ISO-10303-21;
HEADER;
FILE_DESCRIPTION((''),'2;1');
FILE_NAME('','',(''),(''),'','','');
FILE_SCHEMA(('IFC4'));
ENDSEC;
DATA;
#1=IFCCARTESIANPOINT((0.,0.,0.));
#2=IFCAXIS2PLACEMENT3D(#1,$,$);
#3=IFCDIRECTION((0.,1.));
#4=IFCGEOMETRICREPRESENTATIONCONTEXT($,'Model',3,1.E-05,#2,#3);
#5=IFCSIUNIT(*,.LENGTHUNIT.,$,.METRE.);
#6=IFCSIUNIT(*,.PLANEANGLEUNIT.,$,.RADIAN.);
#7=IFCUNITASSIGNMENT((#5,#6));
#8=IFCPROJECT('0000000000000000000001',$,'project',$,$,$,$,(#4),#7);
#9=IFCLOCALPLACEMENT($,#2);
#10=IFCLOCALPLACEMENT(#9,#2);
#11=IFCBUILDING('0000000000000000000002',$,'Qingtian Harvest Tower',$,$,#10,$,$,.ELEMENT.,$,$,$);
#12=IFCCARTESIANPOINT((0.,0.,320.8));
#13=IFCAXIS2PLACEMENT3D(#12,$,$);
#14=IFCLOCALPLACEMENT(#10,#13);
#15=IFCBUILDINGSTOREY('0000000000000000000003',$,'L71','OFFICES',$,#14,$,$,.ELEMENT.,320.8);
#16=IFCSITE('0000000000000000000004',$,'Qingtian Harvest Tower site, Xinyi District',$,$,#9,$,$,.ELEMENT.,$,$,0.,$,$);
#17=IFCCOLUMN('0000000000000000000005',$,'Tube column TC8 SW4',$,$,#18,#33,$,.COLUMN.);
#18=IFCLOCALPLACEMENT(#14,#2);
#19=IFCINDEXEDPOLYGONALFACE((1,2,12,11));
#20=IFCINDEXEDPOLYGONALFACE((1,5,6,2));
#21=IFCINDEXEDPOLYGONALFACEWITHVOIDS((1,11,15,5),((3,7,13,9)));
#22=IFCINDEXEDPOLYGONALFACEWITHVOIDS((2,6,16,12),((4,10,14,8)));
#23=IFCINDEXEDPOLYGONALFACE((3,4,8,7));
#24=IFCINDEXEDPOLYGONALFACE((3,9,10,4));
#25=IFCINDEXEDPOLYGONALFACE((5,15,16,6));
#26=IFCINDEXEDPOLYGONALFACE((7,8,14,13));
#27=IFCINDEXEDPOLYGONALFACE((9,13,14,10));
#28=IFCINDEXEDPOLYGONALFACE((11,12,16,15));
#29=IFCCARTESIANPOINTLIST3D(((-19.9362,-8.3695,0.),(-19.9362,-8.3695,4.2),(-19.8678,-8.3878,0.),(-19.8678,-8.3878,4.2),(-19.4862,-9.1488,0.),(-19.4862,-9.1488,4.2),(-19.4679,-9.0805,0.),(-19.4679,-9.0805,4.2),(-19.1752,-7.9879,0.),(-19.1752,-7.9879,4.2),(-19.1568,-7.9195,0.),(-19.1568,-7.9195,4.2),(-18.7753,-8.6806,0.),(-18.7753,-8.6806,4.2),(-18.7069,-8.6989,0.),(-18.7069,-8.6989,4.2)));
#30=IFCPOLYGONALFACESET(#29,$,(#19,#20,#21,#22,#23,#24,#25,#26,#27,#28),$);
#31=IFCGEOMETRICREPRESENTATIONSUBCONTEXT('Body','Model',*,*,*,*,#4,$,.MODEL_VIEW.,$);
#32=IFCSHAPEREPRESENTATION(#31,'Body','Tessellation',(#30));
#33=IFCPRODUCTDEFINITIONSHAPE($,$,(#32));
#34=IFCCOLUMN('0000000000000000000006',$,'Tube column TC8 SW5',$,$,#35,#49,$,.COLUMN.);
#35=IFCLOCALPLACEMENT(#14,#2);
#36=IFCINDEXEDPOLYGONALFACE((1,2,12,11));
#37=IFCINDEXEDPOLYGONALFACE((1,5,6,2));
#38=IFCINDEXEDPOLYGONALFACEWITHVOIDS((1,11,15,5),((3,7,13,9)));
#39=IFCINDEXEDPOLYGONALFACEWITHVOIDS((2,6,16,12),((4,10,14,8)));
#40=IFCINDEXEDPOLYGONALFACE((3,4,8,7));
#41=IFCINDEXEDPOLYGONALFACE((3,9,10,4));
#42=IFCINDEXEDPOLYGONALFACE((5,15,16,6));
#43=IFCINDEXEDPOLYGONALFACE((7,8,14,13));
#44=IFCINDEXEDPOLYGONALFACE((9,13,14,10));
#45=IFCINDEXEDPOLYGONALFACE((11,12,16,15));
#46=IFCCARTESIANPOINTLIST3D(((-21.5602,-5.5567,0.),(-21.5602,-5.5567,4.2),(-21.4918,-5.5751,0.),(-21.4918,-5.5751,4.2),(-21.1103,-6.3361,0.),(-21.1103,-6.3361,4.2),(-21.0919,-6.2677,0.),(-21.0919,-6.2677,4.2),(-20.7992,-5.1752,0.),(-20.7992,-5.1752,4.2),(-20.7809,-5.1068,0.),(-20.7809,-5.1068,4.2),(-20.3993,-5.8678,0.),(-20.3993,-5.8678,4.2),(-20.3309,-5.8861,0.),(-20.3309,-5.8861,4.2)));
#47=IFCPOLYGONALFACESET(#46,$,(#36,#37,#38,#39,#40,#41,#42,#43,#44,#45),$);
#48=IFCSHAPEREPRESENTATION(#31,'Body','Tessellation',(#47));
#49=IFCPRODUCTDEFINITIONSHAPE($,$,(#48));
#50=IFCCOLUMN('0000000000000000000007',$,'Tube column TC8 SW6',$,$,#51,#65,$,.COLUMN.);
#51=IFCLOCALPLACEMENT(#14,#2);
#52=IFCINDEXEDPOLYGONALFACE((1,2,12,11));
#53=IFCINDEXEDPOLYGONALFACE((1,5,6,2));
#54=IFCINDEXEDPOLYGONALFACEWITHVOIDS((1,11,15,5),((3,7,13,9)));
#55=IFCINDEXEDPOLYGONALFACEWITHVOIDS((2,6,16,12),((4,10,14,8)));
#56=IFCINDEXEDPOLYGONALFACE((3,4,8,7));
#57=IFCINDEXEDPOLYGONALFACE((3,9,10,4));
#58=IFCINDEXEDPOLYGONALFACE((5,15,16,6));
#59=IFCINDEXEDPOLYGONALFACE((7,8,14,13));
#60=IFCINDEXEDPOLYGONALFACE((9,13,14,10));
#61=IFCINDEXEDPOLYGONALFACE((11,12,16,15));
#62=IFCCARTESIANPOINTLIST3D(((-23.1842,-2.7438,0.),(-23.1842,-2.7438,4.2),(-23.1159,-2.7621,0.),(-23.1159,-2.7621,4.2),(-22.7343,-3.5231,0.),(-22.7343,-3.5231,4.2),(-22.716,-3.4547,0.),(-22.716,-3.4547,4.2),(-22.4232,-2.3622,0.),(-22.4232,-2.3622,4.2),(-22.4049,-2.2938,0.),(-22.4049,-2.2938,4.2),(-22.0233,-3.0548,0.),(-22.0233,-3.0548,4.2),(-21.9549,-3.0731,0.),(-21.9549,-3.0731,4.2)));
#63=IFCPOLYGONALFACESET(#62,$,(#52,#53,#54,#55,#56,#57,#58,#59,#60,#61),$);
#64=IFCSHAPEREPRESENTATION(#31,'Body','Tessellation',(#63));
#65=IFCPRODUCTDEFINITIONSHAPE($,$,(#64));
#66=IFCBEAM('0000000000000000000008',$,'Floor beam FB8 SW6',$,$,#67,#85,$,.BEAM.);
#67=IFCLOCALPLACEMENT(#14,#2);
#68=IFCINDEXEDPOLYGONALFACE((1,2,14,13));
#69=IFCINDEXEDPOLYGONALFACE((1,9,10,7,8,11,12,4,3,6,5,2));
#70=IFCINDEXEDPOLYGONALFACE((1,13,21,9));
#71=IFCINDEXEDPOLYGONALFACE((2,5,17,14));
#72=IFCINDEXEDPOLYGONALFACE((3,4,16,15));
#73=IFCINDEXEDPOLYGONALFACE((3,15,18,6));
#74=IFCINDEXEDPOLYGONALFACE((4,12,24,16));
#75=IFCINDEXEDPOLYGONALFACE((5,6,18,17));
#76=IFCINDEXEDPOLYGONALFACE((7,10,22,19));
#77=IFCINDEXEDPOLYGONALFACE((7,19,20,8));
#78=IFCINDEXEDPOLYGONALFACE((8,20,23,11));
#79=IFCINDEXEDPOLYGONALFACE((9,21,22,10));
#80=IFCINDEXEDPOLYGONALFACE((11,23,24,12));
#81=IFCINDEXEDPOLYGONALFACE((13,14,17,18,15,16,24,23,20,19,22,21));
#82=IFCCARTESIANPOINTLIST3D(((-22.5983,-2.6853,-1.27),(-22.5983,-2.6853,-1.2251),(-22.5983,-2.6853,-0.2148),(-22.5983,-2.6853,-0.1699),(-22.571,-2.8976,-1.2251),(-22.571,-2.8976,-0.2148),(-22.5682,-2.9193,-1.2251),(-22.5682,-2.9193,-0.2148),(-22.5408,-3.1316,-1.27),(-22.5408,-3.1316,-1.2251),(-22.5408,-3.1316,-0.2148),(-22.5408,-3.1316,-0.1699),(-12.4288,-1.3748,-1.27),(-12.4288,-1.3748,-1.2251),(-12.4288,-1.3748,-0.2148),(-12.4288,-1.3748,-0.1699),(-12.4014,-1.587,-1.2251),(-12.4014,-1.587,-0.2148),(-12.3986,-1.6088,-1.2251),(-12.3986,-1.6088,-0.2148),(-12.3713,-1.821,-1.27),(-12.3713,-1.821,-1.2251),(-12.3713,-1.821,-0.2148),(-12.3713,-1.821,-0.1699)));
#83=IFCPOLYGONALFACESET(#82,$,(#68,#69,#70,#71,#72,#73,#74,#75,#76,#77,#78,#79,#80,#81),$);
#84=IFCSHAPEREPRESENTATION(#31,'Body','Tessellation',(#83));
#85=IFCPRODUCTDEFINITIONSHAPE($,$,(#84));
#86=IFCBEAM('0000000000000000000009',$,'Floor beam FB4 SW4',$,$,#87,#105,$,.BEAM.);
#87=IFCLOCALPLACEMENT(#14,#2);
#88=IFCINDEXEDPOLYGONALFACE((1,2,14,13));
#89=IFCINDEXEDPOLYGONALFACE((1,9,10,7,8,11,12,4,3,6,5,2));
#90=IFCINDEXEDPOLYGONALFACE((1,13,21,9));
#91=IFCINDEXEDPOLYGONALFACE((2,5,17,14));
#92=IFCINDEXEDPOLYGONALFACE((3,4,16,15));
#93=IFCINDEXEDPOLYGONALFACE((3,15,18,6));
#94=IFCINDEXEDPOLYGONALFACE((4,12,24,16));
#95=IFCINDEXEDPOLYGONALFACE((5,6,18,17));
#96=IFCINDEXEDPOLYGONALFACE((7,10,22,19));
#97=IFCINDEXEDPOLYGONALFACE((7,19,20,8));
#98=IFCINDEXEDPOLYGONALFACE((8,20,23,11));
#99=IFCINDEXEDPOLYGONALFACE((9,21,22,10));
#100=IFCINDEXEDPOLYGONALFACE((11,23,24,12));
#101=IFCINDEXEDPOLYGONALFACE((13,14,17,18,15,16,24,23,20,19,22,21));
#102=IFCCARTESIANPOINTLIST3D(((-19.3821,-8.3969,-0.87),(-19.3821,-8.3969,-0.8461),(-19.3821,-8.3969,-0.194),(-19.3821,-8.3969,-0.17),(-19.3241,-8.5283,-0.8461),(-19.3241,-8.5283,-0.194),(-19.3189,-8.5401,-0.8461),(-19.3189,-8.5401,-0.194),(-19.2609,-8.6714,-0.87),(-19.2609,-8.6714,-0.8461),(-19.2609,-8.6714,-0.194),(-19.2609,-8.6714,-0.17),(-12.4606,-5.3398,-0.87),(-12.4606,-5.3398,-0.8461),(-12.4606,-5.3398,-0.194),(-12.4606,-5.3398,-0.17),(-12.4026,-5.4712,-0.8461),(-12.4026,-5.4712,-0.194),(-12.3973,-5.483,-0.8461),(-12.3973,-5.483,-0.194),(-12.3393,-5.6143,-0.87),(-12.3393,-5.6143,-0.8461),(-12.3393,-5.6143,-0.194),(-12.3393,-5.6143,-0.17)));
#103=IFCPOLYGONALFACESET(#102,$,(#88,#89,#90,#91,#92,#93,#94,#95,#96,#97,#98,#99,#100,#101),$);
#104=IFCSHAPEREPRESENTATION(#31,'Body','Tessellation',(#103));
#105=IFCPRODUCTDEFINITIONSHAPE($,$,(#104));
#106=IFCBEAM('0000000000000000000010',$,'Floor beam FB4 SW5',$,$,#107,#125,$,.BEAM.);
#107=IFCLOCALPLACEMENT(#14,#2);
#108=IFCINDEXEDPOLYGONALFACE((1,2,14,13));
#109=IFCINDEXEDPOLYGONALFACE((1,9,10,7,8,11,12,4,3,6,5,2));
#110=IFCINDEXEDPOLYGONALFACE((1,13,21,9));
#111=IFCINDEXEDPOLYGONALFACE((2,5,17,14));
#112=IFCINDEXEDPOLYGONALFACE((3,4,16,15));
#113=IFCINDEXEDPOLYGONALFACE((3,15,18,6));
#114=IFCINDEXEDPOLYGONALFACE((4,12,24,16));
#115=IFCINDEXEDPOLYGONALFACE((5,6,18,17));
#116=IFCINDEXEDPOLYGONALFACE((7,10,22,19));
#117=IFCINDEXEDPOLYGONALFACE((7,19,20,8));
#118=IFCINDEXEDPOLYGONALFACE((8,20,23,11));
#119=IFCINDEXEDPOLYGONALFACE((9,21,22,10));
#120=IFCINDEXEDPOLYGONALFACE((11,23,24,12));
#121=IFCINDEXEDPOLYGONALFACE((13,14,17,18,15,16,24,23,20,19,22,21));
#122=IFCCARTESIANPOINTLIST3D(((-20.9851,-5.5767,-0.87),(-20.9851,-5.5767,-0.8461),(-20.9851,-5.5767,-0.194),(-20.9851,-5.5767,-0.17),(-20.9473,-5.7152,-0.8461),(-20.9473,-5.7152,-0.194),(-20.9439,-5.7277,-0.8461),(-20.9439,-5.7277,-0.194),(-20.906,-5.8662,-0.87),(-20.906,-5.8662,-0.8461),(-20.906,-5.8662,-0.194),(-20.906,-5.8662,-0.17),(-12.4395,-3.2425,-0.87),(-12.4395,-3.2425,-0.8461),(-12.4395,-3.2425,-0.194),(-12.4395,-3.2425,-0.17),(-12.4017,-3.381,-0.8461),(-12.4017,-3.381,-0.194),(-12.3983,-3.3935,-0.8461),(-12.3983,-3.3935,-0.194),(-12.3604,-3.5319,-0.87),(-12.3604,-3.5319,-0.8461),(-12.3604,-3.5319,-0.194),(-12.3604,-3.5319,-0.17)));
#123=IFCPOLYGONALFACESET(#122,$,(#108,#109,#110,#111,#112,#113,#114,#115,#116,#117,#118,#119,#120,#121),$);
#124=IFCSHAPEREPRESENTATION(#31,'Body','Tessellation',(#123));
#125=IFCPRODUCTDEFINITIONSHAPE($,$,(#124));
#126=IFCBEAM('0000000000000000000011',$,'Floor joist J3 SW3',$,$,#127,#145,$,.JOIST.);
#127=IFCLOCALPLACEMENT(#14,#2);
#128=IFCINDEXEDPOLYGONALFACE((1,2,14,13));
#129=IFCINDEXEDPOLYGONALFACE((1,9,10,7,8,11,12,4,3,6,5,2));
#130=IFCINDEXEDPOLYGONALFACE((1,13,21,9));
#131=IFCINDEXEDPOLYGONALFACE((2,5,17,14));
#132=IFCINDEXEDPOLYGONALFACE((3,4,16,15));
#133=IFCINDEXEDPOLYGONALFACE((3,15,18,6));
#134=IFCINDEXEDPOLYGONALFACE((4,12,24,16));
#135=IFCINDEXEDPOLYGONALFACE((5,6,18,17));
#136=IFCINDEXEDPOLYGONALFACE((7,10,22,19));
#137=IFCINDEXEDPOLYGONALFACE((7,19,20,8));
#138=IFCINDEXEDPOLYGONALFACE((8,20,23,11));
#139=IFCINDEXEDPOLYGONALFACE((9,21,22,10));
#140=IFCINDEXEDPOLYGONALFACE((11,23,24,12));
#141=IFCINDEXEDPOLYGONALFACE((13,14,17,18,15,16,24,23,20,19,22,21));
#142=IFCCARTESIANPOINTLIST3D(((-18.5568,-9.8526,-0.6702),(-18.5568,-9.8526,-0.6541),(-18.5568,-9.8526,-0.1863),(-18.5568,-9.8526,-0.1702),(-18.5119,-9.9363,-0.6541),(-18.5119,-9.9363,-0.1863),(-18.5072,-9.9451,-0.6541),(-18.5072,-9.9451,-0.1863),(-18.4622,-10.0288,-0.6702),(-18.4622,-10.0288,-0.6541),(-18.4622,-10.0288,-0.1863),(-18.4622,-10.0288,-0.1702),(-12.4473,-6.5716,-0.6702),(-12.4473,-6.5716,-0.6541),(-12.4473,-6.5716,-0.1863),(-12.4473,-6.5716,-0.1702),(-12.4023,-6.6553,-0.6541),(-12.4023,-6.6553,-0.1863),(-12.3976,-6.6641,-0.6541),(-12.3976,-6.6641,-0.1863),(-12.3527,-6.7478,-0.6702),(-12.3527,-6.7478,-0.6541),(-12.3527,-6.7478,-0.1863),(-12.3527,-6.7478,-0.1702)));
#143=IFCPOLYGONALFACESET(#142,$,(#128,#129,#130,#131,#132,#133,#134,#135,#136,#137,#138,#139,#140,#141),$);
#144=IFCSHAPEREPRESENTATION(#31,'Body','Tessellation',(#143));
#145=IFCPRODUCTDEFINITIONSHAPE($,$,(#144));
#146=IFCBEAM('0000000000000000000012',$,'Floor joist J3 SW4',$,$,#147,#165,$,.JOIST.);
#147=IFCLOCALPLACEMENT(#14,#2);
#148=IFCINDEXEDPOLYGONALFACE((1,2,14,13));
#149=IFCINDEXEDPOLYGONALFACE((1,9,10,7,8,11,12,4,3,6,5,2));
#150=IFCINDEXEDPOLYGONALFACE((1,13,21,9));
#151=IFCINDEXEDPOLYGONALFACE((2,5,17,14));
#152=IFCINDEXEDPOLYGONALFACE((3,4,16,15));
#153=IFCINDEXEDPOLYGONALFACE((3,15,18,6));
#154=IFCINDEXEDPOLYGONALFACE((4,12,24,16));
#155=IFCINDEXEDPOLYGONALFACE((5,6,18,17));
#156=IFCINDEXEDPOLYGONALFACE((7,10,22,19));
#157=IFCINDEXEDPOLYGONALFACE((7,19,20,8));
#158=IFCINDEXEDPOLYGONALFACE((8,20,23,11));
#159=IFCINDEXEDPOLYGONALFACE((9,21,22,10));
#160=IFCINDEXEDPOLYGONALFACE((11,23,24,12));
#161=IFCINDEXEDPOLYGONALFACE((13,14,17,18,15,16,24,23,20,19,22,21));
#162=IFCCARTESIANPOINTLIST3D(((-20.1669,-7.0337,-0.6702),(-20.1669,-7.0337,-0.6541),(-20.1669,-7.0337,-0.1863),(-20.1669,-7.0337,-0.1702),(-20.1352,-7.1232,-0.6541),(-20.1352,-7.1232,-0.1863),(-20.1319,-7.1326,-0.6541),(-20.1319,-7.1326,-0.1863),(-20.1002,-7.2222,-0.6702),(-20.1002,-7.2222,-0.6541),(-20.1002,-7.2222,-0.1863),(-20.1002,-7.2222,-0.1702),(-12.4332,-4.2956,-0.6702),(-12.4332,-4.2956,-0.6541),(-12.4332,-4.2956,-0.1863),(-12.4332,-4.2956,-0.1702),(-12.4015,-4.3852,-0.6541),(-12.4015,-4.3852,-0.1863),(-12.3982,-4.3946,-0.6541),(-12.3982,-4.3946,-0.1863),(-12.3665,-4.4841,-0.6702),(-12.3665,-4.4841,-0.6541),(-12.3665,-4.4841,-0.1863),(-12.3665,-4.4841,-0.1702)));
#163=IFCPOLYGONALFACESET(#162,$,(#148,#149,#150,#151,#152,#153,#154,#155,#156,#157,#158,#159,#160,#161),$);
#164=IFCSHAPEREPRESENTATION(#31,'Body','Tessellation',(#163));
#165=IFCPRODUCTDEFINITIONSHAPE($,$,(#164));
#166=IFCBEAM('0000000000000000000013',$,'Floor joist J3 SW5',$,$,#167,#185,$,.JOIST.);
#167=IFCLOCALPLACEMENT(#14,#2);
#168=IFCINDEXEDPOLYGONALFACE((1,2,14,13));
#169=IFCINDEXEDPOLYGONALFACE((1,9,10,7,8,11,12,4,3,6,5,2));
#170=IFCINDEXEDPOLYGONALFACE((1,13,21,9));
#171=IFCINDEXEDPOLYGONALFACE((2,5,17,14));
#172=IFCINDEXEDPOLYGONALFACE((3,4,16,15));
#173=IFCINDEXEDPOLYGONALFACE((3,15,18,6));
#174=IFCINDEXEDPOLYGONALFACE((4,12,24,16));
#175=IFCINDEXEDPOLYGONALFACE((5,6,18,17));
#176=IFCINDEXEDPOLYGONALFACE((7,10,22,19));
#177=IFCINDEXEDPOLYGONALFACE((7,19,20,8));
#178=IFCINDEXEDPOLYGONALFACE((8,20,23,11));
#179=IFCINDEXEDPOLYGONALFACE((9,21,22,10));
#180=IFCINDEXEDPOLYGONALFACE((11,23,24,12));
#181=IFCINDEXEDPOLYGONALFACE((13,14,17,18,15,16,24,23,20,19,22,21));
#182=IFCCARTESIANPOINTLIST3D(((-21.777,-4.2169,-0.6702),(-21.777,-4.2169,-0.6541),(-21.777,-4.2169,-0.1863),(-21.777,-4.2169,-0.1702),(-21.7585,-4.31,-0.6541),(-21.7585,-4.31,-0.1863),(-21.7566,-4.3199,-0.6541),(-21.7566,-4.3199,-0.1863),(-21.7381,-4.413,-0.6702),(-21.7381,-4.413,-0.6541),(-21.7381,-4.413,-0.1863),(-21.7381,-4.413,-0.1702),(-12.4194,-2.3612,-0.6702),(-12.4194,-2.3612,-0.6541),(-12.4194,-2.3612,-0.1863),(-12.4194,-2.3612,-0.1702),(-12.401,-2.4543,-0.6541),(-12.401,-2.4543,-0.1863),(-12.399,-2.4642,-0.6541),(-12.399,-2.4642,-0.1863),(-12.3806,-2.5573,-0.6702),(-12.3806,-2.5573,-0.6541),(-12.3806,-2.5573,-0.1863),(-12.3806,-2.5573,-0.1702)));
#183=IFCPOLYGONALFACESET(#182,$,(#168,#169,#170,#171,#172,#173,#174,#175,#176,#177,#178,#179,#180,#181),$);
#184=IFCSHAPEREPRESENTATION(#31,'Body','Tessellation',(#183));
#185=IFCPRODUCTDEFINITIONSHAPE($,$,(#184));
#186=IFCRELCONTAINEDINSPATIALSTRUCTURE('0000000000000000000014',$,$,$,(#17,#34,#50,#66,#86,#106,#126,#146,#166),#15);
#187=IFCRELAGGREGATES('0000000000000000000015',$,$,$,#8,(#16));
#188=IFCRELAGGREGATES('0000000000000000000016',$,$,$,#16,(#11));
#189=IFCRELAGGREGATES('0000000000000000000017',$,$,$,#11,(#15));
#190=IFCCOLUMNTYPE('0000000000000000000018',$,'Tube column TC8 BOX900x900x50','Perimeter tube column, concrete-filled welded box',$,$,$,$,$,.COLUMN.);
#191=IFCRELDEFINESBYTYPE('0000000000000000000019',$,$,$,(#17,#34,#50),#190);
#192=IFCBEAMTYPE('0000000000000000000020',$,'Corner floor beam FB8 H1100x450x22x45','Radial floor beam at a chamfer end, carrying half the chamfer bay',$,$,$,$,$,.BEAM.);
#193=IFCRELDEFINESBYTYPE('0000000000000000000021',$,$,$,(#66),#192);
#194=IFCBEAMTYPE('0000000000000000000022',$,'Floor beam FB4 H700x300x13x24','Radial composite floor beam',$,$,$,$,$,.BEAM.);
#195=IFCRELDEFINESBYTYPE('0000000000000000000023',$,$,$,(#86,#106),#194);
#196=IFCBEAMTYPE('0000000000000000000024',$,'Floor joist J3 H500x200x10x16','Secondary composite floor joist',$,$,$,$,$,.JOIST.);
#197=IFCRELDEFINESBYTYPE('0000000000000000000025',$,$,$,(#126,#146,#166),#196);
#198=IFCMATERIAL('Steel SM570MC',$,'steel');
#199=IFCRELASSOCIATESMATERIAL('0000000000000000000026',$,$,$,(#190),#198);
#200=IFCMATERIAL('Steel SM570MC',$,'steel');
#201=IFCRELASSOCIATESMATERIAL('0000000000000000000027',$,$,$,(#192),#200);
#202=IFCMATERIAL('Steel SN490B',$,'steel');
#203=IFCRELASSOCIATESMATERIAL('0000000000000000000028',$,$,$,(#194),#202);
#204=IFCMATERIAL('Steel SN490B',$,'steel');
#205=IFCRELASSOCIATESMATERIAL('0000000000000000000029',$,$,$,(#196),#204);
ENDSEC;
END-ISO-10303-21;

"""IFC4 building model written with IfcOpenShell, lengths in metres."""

from ifc_helpers import new_model, si_unit, direction, frame, origin, origin_2d, place, context, subcontext, project, spatial, hollow_rectangle, i_section, extrude, material, material_profile, profile_set, type_object, element, save


model = new_model("IFC4")

# Units and contexts
model_context = context("Model", 3, precision=1e-05, world=origin(), true_north=direction((0.0, 1.0)))
body_context = subcontext(model_context, "Body", "Model", "MODEL_VIEW")
ifc_project = project(units=[si_unit("LENGTHUNIT", "METRE"), si_unit("PLANEANGLEUNIT", "RADIAN")], contexts=[model_context])

# Site, building, storey
site_placement = place(None, origin())
site = spatial("IfcSite", under=ifc_project, at=site_placement, Name="Qingtian Harvest Tower site, Xinyi District", CompositionType="ELEMENT", RefElevation=0.0)
building_placement = place(site_placement, origin())
building = spatial("IfcBuilding", under=site, at=building_placement, Name="Qingtian Harvest Tower", CompositionType="ELEMENT")
storey_placement = place(building_placement, frame((0.0, 0.0, 320.8)))
storey = spatial("IfcBuildingStorey", under=building, at=storey_placement, Name="L71", Description="OFFICES", CompositionType="ELEMENT", Elevation=320.8)

# Columns
ifc_material_1 = material(Name="Steel SM570MC", Category="steel")
ifc_material_profile_1 = material_profile(ifc_material_1, hollow_rectangle(XDim=0.8999, YDim=0.8999, WallThickness=0.05, at=origin_2d()), Name="BOX900x900x50")
ifc_profile_set_1 = profile_set([ifc_material_profile_1], Name="Steel SM570MC")
column_type = type_object("IfcColumnType", Name="Tube column TC8 BOX900x900x50", Description="Perimeter tube column, concrete-filled welded box", PredefinedType="COLUMN", material=ifc_profile_set_1)
for number, where, z_axis, x_axis, name in (
    (1, (-19.3215, -8.5342, 0.0), (0.0, 0.0, 1.0), (0.5, -0.866025, 0.0), "Tube column TC8 SW4"),
    (2, (-20.9456, -5.7214, 0.0), (0.0, 0.0, 1.0), (0.5, -0.866025, 0.0), "Tube column TC8 SW5"),
    (3, (-22.5696, -2.9084, 0.0), (0.0, 0.0, 1.0), (0.5, -0.866025, 0.0), "Tube column TC8 SW6"),
):
    element("IfcColumn", number, at=place(storey_placement, frame(where, z_axis=z_axis, x_axis=x_axis)), inside=storey, type_object=column_type, Name=name, PredefinedType="COLUMN", context=body_context, shape_type="SweptSolid", body=[
        extrude(hollow_rectangle(XDim=0.8999, YDim=0.8999, WallThickness=0.05, at=origin_2d()), origin(), (0.0, 0.0, 1.0), 4.2),
    ])

# Beams
ifc_material_2 = material(Name="Steel SM570MC", Category="steel")
ifc_material_profile_2 = material_profile(ifc_material_2, i_section(OverallWidth=0.45, OverallDepth=1.1001, WebThickness=0.022, FlangeThickness=0.0449, at=origin_2d()), Name="H1100x450x22x45")
ifc_profile_set_2 = profile_set([ifc_material_profile_2], Name="Steel SM570MC")
beam_type_1 = type_object("IfcBeamType", Name="Corner floor beam FB8 H1100x450x22x45", Description="Radial floor beam at a chamfer end, carrying half the chamfer bay", PredefinedType="BEAM", material=ifc_profile_set_2)
beam_1_placement = place(storey_placement, frame((-22.5696, -2.9084, -0.72), z_axis=(0.991799, 0.127811, 0.0), x_axis=(-0.127811, 0.991799, 0.0)))
element("IfcBeam", 4, at=beam_1_placement, inside=storey, type_object=beam_type_1, Name="Floor beam FB8 SW6", PredefinedType="BEAM", context=body_context, shape_type="SweptSolid", body=[
    extrude(i_section(OverallWidth=0.45, OverallDepth=1.1001, WebThickness=0.022, FlangeThickness=0.0449, at=origin_2d()), origin(), (0.0, 0.0, 1.0), 10.2537),
])
ifc_material_3 = material(Name="Steel SN490B", Category="steel")
ifc_material_profile_3 = material_profile(ifc_material_3, i_section(OverallWidth=0.3, OverallDepth=0.7, WebThickness=0.0129, FlangeThickness=0.0239, at=origin_2d()), Name="H700x300x13x24")
ifc_profile_set_3 = profile_set([ifc_material_profile_3], Name="Steel SN490B")
beam_type_2 = type_object("IfcBeamType", Name="Floor beam FB4 H700x300x13x24", Description="Radial composite floor beam", PredefinedType="BEAM", material=ifc_profile_set_3)
beam_2_placement = place(storey_placement, frame((-19.3215, -8.5342, -0.52), z_axis=(0.914748, 0.404024, 0.0), x_axis=(-0.404024, 0.914748, 0.0)))
element("IfcBeam", 5, at=beam_2_placement, inside=storey, type_object=beam_type_2, Name="Floor beam FB4 SW4", PredefinedType="BEAM", context=body_context, shape_type="SweptSolid", body=[
    extrude(i_section(OverallWidth=0.3, OverallDepth=0.7, WebThickness=0.0129, FlangeThickness=0.0239, at=origin_2d()), origin(), (0.0, 0.0, 1.0), 7.5667),
])
beam_3_placement = place(storey_placement, frame((-20.9456, -5.7214, -0.52), z_axis=(0.964661, 0.263495, 0.0), x_axis=(-0.263495, 0.964661, 0.0)))
element("IfcBeam", 6, at=beam_3_placement, inside=storey, type_object=beam_type_2, Name="Floor beam FB4 SW5", PredefinedType="BEAM", context=body_context, shape_type="SweptSolid", body=[
    extrude(i_section(OverallWidth=0.3, OverallDepth=0.7, WebThickness=0.0129, FlangeThickness=0.0239, at=origin_2d()), origin(), (0.0, 0.0, 1.0), 8.8586),
])
ifc_material_4 = material(Name="Steel SN490B", Category="steel")
ifc_material_profile_4 = material_profile(ifc_material_4, i_section(OverallWidth=0.2, OverallDepth=0.5, WebThickness=0.01, FlangeThickness=0.0161, at=origin_2d()), Name="H500x200x10x16")
ifc_profile_set_4 = profile_set([ifc_material_profile_4], Name="Steel SN490B")
beam_type_3 = type_object("IfcBeamType", Name="Floor joist J3 H500x200x10x16", Description="Secondary composite floor joist", PredefinedType="JOIST", material=ifc_profile_set_4)
beam_4_placement = place(storey_placement, frame((-18.5095, -9.9407, -0.4202), z_axis=(0.881, 0.473117, 0.0), x_axis=(-0.473117, 0.881, 0.0)))
element("IfcBeam", 7, at=beam_4_placement, inside=storey, type_object=beam_type_3, Name="Floor joist J3 SW3", PredefinedType="JOIST", context=body_context, shape_type="SweptSolid", body=[
    extrude(i_section(OverallWidth=0.2, OverallDepth=0.5, WebThickness=0.01, FlangeThickness=0.0161, at=origin_2d()), origin(), (0.0, 0.0, 1.0), 6.9348),
])
beam_5_placement = place(storey_placement, frame((-20.1335, -7.1279, -0.4202), z_axis=(0.942664, 0.333743, 0.0), x_axis=(-0.333743, 0.942664, 0.0)))
element("IfcBeam", 8, at=beam_5_placement, inside=storey, type_object=beam_type_3, Name="Floor joist J3 SW4", PredefinedType="JOIST", context=body_context, shape_type="SweptSolid", body=[
    extrude(i_section(OverallWidth=0.2, OverallDepth=0.5, WebThickness=0.01, FlangeThickness=0.0161, at=origin_2d()), origin(), (0.0, 0.0, 1.0), 8.2041),
])
beam_6_placement = place(storey_placement, frame((-21.7576, -4.3149, -0.4202), z_axis=(0.980898, 0.194521, 0.0), x_axis=(-0.194521, 0.980898, 0.0)))
element("IfcBeam", 9, at=beam_6_placement, inside=storey, type_object=beam_type_3, Name="Floor joist J3 SW5", PredefinedType="JOIST", context=body_context, shape_type="SweptSolid", body=[
    extrude(i_section(OverallWidth=0.2, OverallDepth=0.5, WebThickness=0.01, FlangeThickness=0.0161, at=origin_2d()), origin(), (0.0, 0.0, 1.0), 9.5398),
])

save(model, "model.ifc")
